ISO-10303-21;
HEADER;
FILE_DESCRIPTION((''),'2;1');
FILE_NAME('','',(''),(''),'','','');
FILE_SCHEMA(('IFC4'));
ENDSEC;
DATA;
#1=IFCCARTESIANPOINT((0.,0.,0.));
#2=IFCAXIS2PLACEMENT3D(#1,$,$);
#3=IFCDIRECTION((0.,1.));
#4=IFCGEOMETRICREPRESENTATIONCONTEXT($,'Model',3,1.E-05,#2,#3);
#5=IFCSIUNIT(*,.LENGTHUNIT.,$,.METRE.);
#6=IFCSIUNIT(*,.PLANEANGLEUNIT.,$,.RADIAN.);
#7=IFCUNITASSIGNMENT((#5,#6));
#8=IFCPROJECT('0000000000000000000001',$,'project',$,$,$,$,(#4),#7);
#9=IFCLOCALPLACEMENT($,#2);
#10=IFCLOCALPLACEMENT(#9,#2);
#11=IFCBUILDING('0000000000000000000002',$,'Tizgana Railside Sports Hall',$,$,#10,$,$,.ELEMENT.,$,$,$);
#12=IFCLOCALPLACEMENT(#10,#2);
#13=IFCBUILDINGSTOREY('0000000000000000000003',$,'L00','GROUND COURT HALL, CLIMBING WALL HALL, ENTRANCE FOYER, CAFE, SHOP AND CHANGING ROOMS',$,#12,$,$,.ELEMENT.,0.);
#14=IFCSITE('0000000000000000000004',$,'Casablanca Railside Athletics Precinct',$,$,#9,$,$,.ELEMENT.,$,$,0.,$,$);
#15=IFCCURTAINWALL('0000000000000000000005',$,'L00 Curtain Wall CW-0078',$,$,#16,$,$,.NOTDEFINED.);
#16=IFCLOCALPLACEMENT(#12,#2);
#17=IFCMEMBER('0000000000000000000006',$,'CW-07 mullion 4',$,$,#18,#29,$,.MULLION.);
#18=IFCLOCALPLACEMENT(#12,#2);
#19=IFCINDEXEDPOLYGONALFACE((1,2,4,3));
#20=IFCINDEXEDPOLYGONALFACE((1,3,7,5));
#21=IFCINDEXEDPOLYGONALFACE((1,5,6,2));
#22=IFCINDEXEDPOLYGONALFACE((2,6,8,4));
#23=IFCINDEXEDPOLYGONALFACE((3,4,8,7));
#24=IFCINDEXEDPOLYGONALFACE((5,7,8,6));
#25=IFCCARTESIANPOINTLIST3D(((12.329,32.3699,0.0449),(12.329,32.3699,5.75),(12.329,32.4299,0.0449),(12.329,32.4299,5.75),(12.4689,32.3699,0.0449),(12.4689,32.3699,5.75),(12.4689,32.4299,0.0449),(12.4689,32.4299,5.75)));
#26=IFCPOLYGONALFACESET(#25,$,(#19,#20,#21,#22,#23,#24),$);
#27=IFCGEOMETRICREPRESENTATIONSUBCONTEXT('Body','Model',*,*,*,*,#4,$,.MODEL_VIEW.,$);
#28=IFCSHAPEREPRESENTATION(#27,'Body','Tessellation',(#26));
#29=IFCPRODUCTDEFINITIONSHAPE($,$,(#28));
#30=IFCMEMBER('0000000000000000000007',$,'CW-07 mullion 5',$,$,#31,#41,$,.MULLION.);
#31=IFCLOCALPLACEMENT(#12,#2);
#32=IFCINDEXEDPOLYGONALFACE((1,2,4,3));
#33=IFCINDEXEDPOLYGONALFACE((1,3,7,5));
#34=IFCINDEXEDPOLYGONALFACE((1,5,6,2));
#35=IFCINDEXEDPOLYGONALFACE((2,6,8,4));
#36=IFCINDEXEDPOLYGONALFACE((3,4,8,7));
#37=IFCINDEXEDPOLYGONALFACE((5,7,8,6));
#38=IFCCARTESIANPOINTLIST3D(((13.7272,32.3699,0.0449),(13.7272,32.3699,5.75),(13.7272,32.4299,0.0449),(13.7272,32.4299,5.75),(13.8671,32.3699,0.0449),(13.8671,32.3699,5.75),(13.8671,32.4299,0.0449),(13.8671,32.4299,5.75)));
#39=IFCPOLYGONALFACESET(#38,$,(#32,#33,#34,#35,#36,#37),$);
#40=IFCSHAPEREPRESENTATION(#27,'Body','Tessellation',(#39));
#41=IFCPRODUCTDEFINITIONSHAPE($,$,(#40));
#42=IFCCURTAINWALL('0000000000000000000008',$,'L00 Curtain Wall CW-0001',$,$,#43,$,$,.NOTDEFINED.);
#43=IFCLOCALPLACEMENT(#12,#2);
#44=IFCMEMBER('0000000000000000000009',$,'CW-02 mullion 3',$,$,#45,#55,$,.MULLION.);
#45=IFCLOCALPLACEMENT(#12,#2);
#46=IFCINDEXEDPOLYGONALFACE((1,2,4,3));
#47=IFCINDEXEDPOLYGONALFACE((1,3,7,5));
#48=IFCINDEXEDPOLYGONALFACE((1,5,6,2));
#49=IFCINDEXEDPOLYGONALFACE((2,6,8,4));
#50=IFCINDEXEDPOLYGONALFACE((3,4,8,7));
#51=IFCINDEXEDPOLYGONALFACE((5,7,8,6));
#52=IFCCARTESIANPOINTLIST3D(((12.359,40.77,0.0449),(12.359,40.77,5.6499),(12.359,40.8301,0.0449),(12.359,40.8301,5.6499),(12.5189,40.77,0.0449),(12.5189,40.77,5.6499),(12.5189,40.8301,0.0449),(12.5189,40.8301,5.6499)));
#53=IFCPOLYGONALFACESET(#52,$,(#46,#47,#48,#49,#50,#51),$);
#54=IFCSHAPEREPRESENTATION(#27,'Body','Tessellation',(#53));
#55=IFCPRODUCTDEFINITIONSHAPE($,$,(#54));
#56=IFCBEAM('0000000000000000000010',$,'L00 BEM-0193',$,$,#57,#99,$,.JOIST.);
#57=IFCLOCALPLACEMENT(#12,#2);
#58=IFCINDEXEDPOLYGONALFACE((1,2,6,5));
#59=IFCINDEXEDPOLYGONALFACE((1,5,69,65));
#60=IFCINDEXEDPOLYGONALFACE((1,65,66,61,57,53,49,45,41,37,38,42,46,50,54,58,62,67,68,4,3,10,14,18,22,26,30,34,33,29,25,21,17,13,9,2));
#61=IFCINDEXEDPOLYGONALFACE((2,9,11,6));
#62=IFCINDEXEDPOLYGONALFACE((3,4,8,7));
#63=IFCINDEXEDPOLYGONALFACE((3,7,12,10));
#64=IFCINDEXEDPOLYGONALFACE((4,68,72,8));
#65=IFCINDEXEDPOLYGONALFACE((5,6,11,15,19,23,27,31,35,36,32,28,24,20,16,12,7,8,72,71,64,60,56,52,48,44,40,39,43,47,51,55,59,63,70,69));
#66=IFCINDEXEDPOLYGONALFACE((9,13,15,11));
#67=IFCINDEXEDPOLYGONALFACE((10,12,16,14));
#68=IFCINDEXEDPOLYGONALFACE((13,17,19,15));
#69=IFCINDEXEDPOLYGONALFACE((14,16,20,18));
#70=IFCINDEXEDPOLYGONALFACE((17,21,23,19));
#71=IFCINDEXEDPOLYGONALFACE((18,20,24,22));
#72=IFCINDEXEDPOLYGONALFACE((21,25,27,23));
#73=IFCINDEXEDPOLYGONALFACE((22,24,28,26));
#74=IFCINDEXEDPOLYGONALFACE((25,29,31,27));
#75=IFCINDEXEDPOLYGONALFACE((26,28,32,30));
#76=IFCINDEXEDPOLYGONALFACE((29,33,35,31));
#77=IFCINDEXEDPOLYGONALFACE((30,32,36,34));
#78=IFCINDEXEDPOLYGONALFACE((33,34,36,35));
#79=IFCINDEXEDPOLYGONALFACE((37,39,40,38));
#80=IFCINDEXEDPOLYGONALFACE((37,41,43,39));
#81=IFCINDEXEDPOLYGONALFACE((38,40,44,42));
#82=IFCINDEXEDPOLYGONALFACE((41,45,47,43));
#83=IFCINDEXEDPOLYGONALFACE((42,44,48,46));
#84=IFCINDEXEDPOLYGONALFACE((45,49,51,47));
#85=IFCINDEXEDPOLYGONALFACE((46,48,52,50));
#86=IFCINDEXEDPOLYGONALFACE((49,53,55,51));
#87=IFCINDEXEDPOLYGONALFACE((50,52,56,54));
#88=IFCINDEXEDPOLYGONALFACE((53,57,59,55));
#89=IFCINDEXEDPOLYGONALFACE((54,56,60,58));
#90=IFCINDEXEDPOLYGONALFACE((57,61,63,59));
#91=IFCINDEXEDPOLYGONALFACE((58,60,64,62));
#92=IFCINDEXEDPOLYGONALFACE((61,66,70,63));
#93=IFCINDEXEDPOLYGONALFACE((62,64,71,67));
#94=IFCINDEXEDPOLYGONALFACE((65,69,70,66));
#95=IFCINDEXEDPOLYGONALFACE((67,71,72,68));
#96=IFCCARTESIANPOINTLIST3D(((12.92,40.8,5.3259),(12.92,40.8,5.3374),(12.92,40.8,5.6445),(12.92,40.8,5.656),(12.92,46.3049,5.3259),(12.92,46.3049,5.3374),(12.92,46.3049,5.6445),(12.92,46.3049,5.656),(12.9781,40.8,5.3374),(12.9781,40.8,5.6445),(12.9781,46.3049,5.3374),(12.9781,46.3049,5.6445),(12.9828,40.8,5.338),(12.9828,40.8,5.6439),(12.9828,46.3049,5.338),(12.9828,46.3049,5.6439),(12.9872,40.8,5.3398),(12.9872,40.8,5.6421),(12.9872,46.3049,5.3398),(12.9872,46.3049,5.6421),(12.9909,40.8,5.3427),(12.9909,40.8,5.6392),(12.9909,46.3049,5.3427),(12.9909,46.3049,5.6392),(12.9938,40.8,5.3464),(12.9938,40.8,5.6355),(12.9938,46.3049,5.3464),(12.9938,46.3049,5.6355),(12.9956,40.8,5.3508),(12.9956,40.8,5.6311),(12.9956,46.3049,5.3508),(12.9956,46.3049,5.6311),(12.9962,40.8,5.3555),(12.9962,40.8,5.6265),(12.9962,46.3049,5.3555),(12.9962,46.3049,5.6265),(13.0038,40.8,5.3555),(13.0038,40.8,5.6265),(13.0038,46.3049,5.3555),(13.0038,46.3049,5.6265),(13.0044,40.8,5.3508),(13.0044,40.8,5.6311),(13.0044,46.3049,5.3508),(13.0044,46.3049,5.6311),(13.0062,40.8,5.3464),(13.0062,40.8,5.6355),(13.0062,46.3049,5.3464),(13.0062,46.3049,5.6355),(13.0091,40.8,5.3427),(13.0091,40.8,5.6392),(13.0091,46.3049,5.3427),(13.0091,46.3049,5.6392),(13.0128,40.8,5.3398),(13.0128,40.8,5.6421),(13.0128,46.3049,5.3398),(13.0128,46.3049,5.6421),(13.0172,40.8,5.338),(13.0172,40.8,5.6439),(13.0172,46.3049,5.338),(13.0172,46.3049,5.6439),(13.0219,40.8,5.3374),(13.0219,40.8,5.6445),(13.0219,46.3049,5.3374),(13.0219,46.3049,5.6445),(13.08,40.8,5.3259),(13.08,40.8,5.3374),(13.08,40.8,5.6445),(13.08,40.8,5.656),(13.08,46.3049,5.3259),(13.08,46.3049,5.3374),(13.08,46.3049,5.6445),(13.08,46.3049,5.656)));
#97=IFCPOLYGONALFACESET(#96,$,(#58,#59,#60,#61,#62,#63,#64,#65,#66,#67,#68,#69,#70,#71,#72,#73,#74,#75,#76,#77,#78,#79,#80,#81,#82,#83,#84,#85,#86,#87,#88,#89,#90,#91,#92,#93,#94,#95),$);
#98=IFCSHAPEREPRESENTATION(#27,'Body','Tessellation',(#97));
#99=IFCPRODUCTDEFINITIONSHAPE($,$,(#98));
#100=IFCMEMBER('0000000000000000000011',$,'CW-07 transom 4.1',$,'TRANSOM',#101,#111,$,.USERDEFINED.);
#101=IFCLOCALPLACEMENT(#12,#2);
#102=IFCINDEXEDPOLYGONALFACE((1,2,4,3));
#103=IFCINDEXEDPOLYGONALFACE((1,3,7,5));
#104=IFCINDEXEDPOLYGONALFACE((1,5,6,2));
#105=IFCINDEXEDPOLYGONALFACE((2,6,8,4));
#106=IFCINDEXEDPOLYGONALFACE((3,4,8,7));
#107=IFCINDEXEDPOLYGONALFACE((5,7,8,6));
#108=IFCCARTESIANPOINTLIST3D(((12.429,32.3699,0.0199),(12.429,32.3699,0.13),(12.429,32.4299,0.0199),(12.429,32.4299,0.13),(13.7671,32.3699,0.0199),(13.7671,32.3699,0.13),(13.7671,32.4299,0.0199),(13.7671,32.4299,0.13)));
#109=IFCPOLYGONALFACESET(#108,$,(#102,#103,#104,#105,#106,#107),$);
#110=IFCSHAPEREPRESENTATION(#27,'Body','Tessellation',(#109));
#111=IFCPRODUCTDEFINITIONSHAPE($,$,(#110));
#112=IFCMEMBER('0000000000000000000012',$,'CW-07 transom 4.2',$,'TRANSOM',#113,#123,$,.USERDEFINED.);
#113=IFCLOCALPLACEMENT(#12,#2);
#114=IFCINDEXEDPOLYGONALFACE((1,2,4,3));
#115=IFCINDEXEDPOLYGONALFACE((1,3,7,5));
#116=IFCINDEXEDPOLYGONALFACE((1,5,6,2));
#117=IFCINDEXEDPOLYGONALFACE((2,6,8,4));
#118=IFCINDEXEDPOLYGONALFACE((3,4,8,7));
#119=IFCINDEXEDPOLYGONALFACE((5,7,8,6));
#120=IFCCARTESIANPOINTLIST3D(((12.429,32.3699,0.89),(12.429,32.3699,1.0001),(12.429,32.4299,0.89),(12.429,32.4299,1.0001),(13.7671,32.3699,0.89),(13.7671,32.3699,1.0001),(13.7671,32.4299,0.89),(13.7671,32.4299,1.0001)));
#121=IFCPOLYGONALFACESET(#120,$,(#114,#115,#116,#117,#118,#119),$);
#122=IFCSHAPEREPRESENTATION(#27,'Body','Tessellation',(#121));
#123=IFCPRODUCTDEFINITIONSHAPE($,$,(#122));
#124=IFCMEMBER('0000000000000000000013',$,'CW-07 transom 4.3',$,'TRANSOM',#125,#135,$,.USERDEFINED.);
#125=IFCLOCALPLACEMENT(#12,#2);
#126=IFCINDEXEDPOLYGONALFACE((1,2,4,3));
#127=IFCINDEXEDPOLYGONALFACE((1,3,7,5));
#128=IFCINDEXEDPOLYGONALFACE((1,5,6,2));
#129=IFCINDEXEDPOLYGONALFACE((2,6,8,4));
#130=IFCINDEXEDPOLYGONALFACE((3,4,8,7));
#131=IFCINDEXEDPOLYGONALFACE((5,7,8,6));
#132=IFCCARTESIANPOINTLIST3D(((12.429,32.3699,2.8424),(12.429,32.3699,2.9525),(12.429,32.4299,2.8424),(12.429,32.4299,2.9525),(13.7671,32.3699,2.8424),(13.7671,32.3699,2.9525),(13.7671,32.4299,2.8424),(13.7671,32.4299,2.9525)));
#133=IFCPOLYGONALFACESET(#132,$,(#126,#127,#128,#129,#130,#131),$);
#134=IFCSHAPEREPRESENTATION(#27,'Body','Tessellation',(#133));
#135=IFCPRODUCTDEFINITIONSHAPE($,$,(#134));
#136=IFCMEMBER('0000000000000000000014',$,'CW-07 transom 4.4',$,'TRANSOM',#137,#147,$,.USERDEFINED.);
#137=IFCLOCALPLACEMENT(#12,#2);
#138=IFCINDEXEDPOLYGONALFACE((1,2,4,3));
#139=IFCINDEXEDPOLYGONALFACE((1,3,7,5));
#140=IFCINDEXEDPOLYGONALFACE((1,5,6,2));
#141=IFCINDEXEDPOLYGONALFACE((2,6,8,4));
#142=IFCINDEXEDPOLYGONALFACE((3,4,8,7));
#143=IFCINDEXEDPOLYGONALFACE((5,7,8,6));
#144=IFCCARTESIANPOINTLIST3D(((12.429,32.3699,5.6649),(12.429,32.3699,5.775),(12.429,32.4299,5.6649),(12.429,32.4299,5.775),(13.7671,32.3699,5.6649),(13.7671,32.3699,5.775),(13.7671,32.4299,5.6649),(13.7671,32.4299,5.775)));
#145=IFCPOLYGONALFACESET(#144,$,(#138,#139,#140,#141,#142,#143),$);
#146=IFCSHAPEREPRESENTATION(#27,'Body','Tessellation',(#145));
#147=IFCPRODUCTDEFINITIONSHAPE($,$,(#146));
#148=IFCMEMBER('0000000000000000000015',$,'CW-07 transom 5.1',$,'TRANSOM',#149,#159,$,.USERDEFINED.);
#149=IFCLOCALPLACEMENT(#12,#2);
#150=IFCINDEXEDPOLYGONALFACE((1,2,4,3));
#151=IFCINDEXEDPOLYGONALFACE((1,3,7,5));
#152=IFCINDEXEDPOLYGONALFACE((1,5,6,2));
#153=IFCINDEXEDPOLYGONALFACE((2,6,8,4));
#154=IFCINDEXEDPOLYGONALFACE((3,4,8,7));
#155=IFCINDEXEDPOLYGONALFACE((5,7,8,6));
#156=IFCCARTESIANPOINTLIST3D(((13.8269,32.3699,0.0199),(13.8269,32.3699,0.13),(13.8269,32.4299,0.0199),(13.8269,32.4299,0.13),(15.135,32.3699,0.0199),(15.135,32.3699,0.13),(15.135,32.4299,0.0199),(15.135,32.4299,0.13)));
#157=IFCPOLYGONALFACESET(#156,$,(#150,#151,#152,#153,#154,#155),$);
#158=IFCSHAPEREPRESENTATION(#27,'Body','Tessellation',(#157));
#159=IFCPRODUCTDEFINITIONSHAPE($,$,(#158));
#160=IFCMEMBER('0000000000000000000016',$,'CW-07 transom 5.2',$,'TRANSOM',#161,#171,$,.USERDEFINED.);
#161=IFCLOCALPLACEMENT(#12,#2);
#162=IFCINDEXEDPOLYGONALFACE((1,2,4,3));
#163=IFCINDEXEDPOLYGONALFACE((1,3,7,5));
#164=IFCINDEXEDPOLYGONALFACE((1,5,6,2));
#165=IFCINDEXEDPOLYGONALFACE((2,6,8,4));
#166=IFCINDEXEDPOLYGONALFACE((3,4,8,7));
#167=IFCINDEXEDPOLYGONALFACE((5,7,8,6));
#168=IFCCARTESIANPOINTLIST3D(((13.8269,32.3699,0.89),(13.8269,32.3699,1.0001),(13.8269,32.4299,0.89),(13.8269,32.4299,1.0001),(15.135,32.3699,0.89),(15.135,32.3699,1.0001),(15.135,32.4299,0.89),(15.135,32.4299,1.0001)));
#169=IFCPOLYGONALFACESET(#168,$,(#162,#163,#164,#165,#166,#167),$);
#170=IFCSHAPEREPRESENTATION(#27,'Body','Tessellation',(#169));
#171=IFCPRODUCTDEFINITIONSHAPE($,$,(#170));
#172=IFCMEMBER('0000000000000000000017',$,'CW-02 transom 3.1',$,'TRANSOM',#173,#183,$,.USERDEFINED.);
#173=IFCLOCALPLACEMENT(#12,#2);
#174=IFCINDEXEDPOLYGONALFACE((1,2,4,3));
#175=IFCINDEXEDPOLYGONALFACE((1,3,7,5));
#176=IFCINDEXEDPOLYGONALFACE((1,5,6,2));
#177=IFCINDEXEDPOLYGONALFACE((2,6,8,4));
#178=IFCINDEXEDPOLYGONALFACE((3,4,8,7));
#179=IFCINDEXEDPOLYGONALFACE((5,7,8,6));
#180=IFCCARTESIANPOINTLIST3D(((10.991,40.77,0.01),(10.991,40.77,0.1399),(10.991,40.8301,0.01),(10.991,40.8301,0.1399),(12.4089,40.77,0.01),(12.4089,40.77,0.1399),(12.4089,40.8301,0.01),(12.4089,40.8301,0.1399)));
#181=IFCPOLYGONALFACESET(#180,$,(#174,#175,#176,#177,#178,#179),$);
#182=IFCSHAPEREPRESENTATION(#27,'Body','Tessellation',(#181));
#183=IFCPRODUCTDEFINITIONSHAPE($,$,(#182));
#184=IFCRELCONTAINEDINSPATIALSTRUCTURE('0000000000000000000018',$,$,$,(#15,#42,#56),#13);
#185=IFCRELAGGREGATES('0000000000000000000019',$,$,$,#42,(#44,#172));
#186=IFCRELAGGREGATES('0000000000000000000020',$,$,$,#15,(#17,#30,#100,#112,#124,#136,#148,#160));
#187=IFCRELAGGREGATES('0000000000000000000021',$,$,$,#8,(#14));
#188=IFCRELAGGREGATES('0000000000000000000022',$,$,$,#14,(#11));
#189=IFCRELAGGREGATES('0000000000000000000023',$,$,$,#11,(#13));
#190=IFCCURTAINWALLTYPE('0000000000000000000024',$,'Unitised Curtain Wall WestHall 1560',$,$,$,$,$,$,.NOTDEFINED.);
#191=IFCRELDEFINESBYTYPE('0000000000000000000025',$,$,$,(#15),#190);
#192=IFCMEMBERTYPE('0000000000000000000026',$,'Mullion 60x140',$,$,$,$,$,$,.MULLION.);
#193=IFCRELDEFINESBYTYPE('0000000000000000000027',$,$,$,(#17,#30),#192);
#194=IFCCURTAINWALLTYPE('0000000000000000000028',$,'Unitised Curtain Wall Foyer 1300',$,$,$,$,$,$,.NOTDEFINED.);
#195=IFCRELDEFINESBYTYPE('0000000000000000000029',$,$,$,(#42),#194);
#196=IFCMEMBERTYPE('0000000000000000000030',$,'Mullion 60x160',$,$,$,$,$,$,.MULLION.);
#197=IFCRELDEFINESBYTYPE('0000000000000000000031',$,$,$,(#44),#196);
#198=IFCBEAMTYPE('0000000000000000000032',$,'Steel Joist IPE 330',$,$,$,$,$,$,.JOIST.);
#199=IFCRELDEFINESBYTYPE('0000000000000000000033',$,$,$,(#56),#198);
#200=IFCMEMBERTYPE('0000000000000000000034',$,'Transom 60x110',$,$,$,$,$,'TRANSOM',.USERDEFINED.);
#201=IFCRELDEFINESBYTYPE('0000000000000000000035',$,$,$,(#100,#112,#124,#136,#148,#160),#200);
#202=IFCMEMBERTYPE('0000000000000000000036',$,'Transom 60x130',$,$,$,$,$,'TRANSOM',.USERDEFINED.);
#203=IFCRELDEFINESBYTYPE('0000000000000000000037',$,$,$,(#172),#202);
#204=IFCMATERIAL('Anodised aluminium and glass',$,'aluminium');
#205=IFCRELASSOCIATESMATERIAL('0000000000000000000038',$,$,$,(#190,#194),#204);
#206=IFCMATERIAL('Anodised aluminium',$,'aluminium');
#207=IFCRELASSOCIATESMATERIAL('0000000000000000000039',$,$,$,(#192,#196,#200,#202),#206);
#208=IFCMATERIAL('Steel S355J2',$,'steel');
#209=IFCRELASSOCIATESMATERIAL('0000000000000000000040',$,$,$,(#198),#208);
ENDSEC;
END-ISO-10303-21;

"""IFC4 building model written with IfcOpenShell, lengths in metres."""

from ifc_helpers import new_model, si_unit, direction, frame, origin, origin_2d, place, context, subcontext, project, spatial, rectangle, i_section, extrude, material, material_profile, profile_set, type_object, element, aggregate, save


model = new_model("IFC4")

# Units and contexts
model_context = context("Model", 3, precision=1e-05, world=origin(), true_north=direction((0.0, 1.0)))
body_context = subcontext(model_context, "Body", "Model", "MODEL_VIEW")
ifc_project = project(units=[si_unit("LENGTHUNIT", "METRE"), si_unit("PLANEANGLEUNIT", "RADIAN")], contexts=[model_context])

# Site, building, storey
site_placement = place(None, origin())
site = spatial("IfcSite", under=ifc_project, at=site_placement, Name="Casablanca Railside Athletics Precinct", CompositionType="ELEMENT", RefElevation=0.0)
building_placement = place(site_placement, origin())
building = spatial("IfcBuilding", under=site, at=building_placement, Name="Tizgana Railside Sports Hall", CompositionType="ELEMENT")
storey_placement = place(building_placement, origin())
storey = spatial("IfcBuildingStorey", under=building, at=storey_placement, Name="L00", Description="GROUND COURT HALL, CLIMBING WALL HALL, ENTRANCE FOYER, CAFE, SHOP AND CHANGING ROOMS", CompositionType="ELEMENT", Elevation=0.0)

# Curtain wall, members
ifc_material_1 = material(Name="Anodised aluminium and glass", Category="aluminium")
curtain_wall_type_1 = type_object("IfcCurtainWallType", Name="Unitised Curtain Wall WestHall 1560", PredefinedType="NOTDEFINED", material=ifc_material_1)
curtain_wall_1_placement = place(storey_placement, origin())
curtain_wall_1 = element("IfcCurtainWall", 1, at=curtain_wall_1_placement, inside=storey, type_object=curtain_wall_type_1, Name="L00 Curtain Wall CW-0078", PredefinedType="NOTDEFINED")
ifc_material_2 = material(Name="Anodised aluminium", Category="aluminium")
ifc_material_profile_1 = material_profile(ifc_material_2, rectangle(XDim=0.0601, YDim=0.1399, at=origin_2d()), Name="Mullion 60x140")
ifc_profile_set_1 = profile_set([ifc_material_profile_1], Name="Anodised aluminium")
member_type_1 = type_object("IfcMemberType", Name="Mullion 60x140", PredefinedType="MULLION", material=ifc_profile_set_1)
member_1_placement = place(storey_placement, frame((12.3989, 32.3999, 0.0449), z_axis=(0.0, 0.0, 1.0), x_axis=(0.0, 1.0, 0.0)))
member_1 = element("IfcMember", 2, at=member_1_placement, type_object=member_type_1, Name="CW-07 mullion 4", PredefinedType="MULLION", context=body_context, shape_type="SweptSolid", body=[
    extrude(rectangle(XDim=0.0601, YDim=0.1399, at=origin_2d()), origin(), (0.0, 0.0, 1.0), 5.7051),
])
member_2_placement = place(storey_placement, frame((13.7971, 32.3999, 0.0449), z_axis=(0.0, 0.0, 1.0), x_axis=(0.0, 1.0, 0.0)))
member_2 = element("IfcMember", 3, at=member_2_placement, type_object=member_type_1, Name="CW-07 mullion 5", PredefinedType="MULLION", context=body_context, shape_type="SweptSolid", body=[
    extrude(rectangle(XDim=0.0601, YDim=0.1399, at=origin_2d()), origin(), (0.0, 0.0, 1.0), 5.7051),
])

# Curtain wall, member
curtain_wall_type_2 = type_object("IfcCurtainWallType", Name="Unitised Curtain Wall Foyer 1300", PredefinedType="NOTDEFINED", material=ifc_material_1)
curtain_wall_2_placement = place(storey_placement, origin())
curtain_wall_2 = element("IfcCurtainWall", 4, at=curtain_wall_2_placement, inside=storey, type_object=curtain_wall_type_2, Name="L00 Curtain Wall CW-0001", PredefinedType="NOTDEFINED")
ifc_material_profile_2 = material_profile(ifc_material_2, rectangle(XDim=0.0601, YDim=0.1599, at=origin_2d()), Name="Mullion 60x160")
ifc_profile_set_2 = profile_set([ifc_material_profile_2], Name="Anodised aluminium")
member_type_2 = type_object("IfcMemberType", Name="Mullion 60x160", PredefinedType="MULLION", material=ifc_profile_set_2)
member_3_placement = place(storey_placement, frame((12.439, 40.8, 0.0449), z_axis=(0.0, 0.0, 1.0), x_axis=(0.0, -1.0, 0.0)))
member_3 = element("IfcMember", 5, at=member_3_placement, type_object=member_type_2, Name="CW-02 mullion 3", PredefinedType="MULLION", context=body_context, shape_type="SweptSolid", body=[
    extrude(rectangle(XDim=0.0601, YDim=0.1599, at=origin_2d()), origin(), (0.0, 0.0, 1.0), 5.605),
])

# Beam
ifc_material_3 = material(Name="Steel S355J2", Category="steel")
ifc_material_profile_3 = material_profile(ifc_material_3, i_section(OverallWidth=0.1599, OverallDepth=0.3301, WebThickness=0.0076, FlangeThickness=0.0115, FilletRadius=0.0181, at=origin_2d()), Name="IPE 330")
ifc_profile_set_3 = profile_set([ifc_material_profile_3], Name="Steel S355J2")
beam_type = type_object("IfcBeamType", Name="Steel Joist IPE 330", PredefinedType="JOIST", material=ifc_profile_set_3)
beam_placement = place(storey_placement, frame((13.0, 40.8, 5.491), z_axis=(0.0, 1.0, 0.0), x_axis=(-1.0, 0.0, 0.0)))
element("IfcBeam", 6, at=beam_placement, inside=storey, type_object=beam_type, Name="L00 BEM-0193", PredefinedType="JOIST", context=body_context, shape_type="SweptSolid", body=[
    extrude(i_section(OverallWidth=0.1599, OverallDepth=0.3301, WebThickness=0.0076, FlangeThickness=0.0115, FilletRadius=0.0181, at=origin_2d()), origin(), (0.0, 0.0, 1.0), 5.5049),
])

# Members
ifc_material_profile_4 = material_profile(ifc_material_2, rectangle(XDim=0.0601, YDim=0.1101, at=origin_2d()), Name="Transom 60x110")
ifc_profile_set_4 = profile_set([ifc_material_profile_4], Name="Anodised aluminium")
member_type_3 = type_object("IfcMemberType", Name="Transom 60x110", ElementType="TRANSOM", PredefinedType="USERDEFINED", material=ifc_profile_set_4)
member_4_placement = place(storey_placement, frame((12.429, 32.3999, 0.075), z_axis=(1.0, 0.0, 0.0), x_axis=(0.0, 1.0, 0.0)))
member_4 = element("IfcMember", 7, at=member_4_placement, type_object=member_type_3, Name="CW-07 transom 4.1", ObjectType="TRANSOM", PredefinedType="USERDEFINED", context=body_context, shape_type="SweptSolid", body=[
    extrude(rectangle(XDim=0.0601, YDim=0.1101, at=origin_2d()), origin(), (0.0, 0.0, 1.0), 1.3381),
])
member_5_placement = place(storey_placement, frame((12.429, 32.3999, 0.9451), z_axis=(1.0, 0.0, 0.0), x_axis=(0.0, 1.0, 0.0)))
member_5 = element("IfcMember", 8, at=member_5_placement, type_object=member_type_3, Name="CW-07 transom 4.2", ObjectType="TRANSOM", PredefinedType="USERDEFINED", context=body_context, shape_type="SweptSolid", body=[
    extrude(rectangle(XDim=0.0601, YDim=0.1101, at=origin_2d()), origin(), (0.0, 0.0, 1.0), 1.3381),
])
member_6_placement = place(storey_placement, frame((12.429, 32.3999, 2.8975), z_axis=(1.0, 0.0, 0.0), x_axis=(0.0, 1.0, 0.0)))
member_6 = element("IfcMember", 9, at=member_6_placement, type_object=member_type_3, Name="CW-07 transom 4.3", ObjectType="TRANSOM", PredefinedType="USERDEFINED", context=body_context, shape_type="SweptSolid", body=[
    extrude(rectangle(XDim=0.0601, YDim=0.1101, at=origin_2d()), origin(), (0.0, 0.0, 1.0), 1.3381),
])
member_7_placement = place(storey_placement, frame((12.429, 32.3999, 5.72), z_axis=(1.0, 0.0, 0.0), x_axis=(0.0, 1.0, 0.0)))
member_7 = element("IfcMember", 10, at=member_7_placement, type_object=member_type_3, Name="CW-07 transom 4.4", ObjectType="TRANSOM", PredefinedType="USERDEFINED", context=body_context, shape_type="SweptSolid", body=[
    extrude(rectangle(XDim=0.0601, YDim=0.1101, at=origin_2d()), origin(), (0.0, 0.0, 1.0), 1.3381),
])
member_8_placement = place(storey_placement, frame((13.8269, 32.3999, 0.075), z_axis=(1.0, 0.0, 0.0), x_axis=(0.0, 1.0, 0.0)))
member_8 = element("IfcMember", 11, at=member_8_placement, type_object=member_type_3, Name="CW-07 transom 5.1", ObjectType="TRANSOM", PredefinedType="USERDEFINED", context=body_context, shape_type="SweptSolid", body=[
    extrude(rectangle(XDim=0.0601, YDim=0.1101, at=origin_2d()), origin(), (0.0, 0.0, 1.0), 1.3081),
])
member_9_placement = place(storey_placement, frame((13.8269, 32.3999, 0.9451), z_axis=(1.0, 0.0, 0.0), x_axis=(0.0, 1.0, 0.0)))
member_9 = element("IfcMember", 12, at=member_9_placement, type_object=member_type_3, Name="CW-07 transom 5.2", ObjectType="TRANSOM", PredefinedType="USERDEFINED", context=body_context, shape_type="SweptSolid", body=[
    extrude(rectangle(XDim=0.0601, YDim=0.1101, at=origin_2d()), origin(), (0.0, 0.0, 1.0), 1.3081),
])
ifc_material_profile_5 = material_profile(ifc_material_2, rectangle(XDim=0.0601, YDim=0.1299, at=origin_2d()), Name="Transom 60x130")
ifc_profile_set_5 = profile_set([ifc_material_profile_5], Name="Anodised aluminium")
member_type_4 = type_object("IfcMemberType", Name="Transom 60x130", ElementType="TRANSOM", PredefinedType="USERDEFINED", material=ifc_profile_set_5)
member_10_placement = place(storey_placement, frame((12.4089, 40.8, 0.075), z_axis=(-1.0, 0.0, 0.0), x_axis=(0.0, -1.0, 0.0)))
member_10 = element("IfcMember", 13, at=member_10_placement, type_object=member_type_4, Name="CW-02 transom 3.1", ObjectType="TRANSOM", PredefinedType="USERDEFINED", context=body_context, shape_type="SweptSolid", body=[
    extrude(rectangle(XDim=0.0601, YDim=0.1299, at=origin_2d()), origin(), (0.0, 0.0, 1.0), 1.418),
])

aggregate(curtain_wall_2, [member_3, member_10])
aggregate(curtain_wall_1, [member_1, member_2, member_4, member_5, member_6, member_7, member_8, member_9])

save(model, "model.ifc")
